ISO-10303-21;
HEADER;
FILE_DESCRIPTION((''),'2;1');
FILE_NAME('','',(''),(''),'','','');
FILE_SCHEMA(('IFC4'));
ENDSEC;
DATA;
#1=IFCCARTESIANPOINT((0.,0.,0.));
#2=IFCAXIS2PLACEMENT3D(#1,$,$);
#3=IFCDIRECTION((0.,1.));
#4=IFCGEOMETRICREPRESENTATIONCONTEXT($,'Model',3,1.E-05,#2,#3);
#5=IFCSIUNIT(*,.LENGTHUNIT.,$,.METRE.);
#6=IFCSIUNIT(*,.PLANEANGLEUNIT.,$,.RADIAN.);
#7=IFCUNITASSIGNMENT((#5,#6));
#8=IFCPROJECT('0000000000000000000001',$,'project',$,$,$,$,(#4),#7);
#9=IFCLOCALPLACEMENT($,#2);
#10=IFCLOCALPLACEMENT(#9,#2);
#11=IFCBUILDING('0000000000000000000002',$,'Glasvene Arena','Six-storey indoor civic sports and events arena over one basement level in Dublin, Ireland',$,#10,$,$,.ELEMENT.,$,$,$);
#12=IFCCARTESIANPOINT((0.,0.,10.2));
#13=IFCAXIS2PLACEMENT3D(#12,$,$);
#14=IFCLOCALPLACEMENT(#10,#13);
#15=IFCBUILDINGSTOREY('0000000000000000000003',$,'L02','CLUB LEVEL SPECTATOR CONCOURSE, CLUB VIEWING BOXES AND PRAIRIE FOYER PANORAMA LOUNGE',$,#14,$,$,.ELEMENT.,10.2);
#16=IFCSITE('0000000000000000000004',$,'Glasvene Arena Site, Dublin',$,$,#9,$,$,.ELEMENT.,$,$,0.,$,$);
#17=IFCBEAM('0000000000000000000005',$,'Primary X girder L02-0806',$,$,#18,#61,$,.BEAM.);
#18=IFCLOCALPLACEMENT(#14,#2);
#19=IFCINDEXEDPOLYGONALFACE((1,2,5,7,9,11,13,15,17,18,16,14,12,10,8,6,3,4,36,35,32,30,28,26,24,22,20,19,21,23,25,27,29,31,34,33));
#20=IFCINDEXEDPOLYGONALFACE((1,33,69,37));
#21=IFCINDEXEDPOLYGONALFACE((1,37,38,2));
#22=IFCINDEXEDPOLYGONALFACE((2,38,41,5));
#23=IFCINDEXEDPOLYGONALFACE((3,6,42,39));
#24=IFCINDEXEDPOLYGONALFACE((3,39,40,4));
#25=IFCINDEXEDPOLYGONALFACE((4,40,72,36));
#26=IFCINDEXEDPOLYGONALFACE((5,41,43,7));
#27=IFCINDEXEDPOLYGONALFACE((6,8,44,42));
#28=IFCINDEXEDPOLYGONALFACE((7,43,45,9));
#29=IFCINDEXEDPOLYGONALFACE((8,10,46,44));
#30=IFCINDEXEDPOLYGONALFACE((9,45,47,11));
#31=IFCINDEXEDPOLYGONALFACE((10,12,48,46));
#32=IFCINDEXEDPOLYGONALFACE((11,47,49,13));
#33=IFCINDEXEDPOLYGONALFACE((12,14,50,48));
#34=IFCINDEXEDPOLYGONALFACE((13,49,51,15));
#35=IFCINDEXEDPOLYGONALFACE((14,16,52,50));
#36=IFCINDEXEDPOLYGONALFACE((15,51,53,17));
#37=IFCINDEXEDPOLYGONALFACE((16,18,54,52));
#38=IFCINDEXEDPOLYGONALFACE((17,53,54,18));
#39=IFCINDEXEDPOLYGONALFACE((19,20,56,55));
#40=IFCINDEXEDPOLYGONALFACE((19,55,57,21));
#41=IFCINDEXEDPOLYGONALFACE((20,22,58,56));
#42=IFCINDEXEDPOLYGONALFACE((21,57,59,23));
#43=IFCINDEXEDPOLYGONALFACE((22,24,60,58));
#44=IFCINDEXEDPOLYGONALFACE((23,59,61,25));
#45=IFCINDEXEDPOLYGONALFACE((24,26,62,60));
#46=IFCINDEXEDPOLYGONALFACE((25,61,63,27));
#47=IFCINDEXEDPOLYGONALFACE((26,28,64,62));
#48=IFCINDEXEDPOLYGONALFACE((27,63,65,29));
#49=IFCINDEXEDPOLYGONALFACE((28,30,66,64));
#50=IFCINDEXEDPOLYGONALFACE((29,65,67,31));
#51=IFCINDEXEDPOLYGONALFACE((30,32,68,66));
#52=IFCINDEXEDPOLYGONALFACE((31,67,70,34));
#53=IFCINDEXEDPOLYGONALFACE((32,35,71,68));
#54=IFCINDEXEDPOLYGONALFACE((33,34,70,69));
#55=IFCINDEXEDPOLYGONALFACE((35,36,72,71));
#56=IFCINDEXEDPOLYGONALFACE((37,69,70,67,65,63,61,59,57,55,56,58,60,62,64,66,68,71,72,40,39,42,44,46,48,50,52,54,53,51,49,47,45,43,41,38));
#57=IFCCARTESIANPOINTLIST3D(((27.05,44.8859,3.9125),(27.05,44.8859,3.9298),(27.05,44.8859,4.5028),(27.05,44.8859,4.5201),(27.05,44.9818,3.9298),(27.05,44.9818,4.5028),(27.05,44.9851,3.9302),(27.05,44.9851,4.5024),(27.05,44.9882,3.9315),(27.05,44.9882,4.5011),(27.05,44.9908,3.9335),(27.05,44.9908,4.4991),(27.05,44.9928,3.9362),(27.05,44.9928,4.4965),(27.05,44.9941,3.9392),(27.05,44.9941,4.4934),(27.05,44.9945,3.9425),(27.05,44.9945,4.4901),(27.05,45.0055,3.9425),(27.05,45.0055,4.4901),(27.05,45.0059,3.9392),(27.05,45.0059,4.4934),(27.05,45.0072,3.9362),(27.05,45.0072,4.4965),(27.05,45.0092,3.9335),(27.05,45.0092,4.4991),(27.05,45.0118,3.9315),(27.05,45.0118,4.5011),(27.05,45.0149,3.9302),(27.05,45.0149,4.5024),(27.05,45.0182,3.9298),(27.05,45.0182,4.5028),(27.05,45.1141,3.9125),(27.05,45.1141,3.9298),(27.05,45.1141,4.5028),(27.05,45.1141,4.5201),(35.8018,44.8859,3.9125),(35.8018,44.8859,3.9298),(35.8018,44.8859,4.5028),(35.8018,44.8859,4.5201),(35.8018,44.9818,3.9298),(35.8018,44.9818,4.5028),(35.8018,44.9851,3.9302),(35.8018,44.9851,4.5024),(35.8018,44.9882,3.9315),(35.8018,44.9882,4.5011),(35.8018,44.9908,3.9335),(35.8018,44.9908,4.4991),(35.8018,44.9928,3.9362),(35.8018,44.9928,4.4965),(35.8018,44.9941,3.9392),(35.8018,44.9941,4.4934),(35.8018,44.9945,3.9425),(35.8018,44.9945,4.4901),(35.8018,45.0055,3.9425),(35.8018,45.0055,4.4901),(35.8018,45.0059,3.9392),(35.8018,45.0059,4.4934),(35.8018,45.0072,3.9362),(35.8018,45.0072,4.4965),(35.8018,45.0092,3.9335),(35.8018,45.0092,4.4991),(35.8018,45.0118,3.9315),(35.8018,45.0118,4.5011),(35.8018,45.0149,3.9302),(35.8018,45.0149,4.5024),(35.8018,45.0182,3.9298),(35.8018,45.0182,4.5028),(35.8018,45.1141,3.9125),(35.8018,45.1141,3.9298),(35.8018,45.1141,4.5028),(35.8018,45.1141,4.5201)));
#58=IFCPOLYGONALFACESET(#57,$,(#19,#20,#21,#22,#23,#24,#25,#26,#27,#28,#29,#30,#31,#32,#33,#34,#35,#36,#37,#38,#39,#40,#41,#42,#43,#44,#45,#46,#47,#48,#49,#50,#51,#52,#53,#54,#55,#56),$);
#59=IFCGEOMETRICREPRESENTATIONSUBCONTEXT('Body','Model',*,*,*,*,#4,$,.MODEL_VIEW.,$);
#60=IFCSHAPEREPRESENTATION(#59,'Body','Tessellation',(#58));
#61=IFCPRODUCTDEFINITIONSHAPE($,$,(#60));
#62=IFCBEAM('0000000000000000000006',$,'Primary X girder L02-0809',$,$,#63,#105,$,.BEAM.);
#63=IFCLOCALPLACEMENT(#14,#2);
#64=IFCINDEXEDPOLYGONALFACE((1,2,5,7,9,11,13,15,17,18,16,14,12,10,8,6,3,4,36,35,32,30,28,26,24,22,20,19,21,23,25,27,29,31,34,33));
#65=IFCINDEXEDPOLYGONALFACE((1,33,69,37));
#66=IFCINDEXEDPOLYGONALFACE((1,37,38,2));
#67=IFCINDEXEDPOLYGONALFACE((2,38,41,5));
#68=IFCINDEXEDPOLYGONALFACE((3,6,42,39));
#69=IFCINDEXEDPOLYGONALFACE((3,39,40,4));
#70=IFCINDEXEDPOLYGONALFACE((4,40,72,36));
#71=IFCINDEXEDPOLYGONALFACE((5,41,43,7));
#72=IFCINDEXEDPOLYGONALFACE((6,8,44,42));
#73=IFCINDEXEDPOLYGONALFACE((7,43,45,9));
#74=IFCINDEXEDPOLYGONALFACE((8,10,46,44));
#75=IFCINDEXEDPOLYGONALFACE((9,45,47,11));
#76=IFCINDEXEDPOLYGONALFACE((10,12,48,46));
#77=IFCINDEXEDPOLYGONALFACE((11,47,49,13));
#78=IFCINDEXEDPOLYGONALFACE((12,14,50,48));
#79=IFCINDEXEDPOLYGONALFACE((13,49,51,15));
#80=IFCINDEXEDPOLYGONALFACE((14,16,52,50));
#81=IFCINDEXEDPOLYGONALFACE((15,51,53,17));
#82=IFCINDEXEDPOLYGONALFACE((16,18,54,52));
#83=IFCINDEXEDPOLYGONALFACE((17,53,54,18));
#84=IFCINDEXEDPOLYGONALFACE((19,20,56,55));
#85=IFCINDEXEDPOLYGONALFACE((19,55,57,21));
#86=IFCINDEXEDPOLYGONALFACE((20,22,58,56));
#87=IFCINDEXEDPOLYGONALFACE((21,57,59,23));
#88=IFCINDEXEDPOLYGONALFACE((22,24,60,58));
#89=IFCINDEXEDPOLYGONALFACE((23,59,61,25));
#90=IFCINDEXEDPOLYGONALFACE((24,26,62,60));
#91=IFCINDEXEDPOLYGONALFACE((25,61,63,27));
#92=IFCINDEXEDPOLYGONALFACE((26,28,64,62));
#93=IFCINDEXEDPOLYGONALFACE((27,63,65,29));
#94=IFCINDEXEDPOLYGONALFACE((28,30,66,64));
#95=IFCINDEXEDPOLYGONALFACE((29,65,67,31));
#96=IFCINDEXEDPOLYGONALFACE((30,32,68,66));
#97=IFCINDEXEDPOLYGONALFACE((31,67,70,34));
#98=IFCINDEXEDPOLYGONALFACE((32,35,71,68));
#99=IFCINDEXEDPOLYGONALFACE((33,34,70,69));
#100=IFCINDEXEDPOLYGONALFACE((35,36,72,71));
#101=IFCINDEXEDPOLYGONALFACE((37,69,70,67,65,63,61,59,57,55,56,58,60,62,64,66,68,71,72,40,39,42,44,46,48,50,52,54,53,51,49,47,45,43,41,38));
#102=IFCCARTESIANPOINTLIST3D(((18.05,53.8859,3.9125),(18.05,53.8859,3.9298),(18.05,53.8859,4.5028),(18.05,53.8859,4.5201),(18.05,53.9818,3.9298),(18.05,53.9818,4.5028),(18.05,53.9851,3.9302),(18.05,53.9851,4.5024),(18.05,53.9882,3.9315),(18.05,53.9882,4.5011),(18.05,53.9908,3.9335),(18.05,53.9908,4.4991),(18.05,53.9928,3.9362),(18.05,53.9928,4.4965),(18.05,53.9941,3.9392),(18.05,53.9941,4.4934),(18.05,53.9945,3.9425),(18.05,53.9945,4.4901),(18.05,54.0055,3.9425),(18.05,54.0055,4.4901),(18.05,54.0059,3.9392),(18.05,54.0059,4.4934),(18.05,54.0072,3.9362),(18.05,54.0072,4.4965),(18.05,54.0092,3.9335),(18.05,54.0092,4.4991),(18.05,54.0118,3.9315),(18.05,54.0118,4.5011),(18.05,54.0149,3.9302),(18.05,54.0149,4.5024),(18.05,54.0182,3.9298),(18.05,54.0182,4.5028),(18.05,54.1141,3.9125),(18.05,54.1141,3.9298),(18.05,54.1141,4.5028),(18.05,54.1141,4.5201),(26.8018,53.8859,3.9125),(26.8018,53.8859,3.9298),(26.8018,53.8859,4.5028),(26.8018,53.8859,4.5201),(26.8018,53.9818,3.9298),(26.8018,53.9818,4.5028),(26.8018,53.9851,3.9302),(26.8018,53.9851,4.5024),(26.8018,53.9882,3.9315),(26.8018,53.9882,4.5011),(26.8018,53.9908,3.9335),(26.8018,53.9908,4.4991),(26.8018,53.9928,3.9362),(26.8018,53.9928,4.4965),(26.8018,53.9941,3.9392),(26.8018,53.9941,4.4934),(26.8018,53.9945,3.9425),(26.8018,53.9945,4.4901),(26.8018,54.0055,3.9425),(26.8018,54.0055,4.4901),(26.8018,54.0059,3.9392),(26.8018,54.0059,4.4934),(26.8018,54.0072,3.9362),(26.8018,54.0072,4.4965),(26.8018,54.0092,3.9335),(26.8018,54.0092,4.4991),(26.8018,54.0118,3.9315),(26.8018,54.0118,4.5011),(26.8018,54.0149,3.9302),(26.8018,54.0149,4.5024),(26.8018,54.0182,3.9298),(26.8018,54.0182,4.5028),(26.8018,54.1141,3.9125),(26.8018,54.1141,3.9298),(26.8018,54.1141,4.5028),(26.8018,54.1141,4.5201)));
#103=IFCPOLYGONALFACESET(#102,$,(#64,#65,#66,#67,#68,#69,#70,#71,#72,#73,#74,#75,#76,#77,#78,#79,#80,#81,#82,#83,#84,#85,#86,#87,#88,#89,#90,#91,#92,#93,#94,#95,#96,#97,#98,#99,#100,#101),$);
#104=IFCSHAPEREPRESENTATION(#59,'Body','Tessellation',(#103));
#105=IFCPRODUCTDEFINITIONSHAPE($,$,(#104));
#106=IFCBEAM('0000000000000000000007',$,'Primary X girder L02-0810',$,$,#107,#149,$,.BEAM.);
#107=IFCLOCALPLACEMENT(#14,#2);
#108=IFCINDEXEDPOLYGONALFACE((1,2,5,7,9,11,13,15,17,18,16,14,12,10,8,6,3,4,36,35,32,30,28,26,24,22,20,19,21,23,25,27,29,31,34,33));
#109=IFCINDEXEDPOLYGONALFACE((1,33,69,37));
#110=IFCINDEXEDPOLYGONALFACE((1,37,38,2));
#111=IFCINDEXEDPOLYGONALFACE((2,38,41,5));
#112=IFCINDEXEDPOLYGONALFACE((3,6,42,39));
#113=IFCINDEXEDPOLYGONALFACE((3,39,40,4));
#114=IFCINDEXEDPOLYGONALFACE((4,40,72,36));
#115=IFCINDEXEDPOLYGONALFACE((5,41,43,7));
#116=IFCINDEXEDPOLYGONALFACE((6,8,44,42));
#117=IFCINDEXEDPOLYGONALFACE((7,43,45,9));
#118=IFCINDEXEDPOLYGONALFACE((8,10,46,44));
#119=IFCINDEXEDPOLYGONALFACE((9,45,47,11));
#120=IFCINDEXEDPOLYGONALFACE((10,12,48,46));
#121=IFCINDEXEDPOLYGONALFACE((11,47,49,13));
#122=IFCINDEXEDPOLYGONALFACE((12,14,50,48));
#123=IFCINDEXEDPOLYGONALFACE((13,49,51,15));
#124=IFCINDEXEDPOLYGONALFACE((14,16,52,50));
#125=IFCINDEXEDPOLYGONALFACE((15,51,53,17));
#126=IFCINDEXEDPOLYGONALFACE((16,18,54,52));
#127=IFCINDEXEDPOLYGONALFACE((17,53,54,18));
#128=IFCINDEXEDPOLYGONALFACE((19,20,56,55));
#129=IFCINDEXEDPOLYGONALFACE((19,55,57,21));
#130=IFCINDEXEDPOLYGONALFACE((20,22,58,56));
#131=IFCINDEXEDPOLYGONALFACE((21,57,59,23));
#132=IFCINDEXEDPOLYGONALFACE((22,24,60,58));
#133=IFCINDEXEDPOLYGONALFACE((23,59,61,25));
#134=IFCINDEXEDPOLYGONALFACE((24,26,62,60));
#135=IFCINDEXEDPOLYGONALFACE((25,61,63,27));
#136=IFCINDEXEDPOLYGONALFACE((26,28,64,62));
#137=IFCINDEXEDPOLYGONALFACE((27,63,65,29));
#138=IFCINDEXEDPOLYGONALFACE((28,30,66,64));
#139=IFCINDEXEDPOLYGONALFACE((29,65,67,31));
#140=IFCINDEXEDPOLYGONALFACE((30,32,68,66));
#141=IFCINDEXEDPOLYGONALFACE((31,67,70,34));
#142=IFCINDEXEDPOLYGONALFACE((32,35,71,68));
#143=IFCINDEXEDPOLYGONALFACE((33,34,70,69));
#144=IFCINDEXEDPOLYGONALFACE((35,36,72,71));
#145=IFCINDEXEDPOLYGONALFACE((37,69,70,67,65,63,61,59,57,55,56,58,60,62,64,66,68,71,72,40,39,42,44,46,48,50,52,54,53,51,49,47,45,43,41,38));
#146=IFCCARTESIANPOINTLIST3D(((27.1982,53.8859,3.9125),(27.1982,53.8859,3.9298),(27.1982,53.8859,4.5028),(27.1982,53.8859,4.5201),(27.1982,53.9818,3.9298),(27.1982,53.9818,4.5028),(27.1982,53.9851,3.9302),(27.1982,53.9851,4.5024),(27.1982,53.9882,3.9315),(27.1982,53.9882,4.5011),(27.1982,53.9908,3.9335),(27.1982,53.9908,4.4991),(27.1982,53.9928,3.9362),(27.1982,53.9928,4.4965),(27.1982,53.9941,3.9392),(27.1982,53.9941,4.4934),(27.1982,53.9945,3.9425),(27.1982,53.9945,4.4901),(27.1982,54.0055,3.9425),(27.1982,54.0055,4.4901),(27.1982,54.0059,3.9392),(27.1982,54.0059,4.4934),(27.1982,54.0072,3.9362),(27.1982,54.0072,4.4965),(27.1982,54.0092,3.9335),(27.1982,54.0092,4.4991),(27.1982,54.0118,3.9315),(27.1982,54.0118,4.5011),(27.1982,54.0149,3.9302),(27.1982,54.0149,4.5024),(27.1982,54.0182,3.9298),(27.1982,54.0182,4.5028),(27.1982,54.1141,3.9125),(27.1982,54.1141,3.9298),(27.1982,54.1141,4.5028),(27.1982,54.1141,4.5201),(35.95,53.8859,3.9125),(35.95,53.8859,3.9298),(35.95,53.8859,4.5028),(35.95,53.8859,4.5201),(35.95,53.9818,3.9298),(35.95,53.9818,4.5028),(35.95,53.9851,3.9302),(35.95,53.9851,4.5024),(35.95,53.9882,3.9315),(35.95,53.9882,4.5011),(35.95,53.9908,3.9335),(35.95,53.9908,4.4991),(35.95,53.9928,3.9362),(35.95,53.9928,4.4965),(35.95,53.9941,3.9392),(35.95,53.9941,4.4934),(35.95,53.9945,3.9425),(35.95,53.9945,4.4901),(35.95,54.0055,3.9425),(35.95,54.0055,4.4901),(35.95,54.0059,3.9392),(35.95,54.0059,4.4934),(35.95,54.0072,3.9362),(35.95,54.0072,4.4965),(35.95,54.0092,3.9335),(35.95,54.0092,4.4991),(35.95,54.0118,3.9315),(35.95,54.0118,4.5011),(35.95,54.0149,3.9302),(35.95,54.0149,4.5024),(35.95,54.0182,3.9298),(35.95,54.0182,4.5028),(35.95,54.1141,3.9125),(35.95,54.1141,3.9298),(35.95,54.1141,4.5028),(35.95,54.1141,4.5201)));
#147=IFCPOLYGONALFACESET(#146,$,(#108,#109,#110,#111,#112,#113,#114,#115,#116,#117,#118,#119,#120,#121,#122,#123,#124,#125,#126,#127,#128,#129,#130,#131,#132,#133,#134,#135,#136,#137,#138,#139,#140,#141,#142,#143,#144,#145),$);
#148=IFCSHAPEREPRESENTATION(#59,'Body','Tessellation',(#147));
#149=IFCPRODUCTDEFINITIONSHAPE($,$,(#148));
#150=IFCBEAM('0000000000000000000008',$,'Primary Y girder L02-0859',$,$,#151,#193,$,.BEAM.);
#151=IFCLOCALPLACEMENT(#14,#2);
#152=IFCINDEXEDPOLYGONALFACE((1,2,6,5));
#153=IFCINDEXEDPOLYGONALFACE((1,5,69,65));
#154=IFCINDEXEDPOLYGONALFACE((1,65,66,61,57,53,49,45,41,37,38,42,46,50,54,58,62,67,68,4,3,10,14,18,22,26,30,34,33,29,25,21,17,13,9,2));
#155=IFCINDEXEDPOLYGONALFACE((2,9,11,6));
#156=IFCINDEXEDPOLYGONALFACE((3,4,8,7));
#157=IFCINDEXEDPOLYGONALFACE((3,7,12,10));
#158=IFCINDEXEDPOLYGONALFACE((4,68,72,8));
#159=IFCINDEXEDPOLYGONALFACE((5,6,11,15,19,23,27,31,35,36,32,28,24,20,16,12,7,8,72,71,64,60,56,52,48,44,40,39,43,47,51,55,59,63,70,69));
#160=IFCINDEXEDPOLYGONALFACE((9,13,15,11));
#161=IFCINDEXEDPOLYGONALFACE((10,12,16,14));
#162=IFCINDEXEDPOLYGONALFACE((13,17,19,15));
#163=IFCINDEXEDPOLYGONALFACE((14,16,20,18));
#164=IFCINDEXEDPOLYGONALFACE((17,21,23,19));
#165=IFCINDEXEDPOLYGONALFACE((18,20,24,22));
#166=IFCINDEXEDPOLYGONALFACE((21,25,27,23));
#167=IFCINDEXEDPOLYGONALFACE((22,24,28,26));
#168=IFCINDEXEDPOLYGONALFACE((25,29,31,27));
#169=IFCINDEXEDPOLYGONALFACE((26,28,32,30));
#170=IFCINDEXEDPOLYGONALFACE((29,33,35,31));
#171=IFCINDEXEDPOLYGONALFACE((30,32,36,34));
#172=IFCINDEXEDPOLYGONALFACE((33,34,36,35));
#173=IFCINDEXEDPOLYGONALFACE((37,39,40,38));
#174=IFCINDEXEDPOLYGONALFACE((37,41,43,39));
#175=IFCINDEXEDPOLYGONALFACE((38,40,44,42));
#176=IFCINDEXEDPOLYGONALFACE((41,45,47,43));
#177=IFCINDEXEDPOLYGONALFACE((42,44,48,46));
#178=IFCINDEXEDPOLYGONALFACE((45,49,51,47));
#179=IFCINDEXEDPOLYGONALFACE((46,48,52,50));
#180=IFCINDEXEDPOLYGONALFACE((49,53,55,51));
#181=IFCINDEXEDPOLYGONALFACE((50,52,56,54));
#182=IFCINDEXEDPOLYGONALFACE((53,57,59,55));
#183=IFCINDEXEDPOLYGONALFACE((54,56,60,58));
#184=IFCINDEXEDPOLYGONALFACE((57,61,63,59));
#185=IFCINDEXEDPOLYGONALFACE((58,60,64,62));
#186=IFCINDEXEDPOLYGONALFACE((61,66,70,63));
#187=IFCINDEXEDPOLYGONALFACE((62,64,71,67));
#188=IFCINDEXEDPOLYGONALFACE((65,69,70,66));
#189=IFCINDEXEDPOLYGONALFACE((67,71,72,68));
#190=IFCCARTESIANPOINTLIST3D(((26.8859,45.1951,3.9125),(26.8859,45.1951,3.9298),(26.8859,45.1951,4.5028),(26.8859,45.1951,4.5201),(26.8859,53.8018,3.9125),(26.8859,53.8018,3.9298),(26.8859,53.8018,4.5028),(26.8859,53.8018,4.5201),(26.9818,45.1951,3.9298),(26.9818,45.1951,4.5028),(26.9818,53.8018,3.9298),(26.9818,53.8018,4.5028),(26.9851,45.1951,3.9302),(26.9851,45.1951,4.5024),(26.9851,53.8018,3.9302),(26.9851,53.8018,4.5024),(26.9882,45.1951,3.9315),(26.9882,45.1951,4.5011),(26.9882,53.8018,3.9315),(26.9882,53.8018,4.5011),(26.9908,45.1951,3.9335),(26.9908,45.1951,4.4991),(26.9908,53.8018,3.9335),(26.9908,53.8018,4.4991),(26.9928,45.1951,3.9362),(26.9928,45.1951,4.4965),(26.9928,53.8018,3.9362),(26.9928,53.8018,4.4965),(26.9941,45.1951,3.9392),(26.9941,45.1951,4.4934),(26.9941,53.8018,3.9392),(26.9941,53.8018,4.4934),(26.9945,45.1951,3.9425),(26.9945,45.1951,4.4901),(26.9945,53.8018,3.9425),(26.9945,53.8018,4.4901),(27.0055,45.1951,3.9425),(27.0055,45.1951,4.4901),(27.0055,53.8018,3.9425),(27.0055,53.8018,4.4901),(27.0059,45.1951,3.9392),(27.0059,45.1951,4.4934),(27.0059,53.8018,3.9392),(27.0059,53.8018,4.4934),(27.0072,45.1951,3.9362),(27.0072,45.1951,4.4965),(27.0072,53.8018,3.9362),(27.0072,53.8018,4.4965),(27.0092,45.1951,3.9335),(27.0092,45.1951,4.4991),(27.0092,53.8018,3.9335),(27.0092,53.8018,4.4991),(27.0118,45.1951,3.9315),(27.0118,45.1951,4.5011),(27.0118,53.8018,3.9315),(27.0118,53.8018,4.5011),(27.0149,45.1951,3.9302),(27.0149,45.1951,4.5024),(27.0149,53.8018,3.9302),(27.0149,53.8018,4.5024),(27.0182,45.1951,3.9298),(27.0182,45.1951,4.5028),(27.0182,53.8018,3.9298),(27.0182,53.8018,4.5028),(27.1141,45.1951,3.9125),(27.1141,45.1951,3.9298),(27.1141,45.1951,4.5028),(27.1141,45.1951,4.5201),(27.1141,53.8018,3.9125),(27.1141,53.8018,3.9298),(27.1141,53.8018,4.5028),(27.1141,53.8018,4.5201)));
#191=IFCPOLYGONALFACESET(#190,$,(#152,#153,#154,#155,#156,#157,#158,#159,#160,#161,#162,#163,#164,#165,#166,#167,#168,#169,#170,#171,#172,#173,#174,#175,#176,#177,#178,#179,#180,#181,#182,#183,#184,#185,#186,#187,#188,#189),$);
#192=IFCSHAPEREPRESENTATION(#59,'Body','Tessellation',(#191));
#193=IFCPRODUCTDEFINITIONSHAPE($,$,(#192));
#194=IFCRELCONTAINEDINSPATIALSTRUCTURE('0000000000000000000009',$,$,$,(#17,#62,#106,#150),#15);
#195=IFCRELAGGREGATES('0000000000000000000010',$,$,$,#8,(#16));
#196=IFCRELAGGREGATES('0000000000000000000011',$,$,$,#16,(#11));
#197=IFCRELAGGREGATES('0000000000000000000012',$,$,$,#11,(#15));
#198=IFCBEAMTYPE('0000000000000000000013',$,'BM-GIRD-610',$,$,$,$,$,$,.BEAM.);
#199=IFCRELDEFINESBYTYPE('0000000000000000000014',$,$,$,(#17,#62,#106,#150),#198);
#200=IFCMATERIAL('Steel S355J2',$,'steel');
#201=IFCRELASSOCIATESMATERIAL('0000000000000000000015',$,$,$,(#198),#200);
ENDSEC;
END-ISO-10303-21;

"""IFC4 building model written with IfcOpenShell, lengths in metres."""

from ifc_helpers import new_model, si_unit, direction, frame, origin, origin_2d, place, context, subcontext, project, spatial, i_section, extrude, material, material_profile, profile_set, type_object, element, save


model = new_model("IFC4")

# Units and contexts
model_context = context("Model", 3, precision=1e-05, world=origin(), true_north=direction((0.0, 1.0)))
body_context = subcontext(model_context, "Body", "Model", "MODEL_VIEW")
ifc_project = project(units=[si_unit("LENGTHUNIT", "METRE"), si_unit("PLANEANGLEUNIT", "RADIAN")], contexts=[model_context])

# Site, building, storey
site_placement = place(None, origin())
site = spatial("IfcSite", under=ifc_project, at=site_placement, Name="Glasvene Arena Site, Dublin", CompositionType="ELEMENT", RefElevation=0.0)
building_placement = place(site_placement, origin())
building = spatial("IfcBuilding", under=site, at=building_placement, Name="Glasvene Arena", Description="Six-storey indoor civic sports and events arena over one basement level in Dublin, Ireland", CompositionType="ELEMENT")
storey_placement = place(building_placement, frame((0.0, 0.0, 10.2)))
storey = spatial("IfcBuildingStorey", under=building, at=storey_placement, Name="L02", Description="CLUB LEVEL SPECTATOR CONCOURSE, CLUB VIEWING BOXES AND PRAIRIE FOYER PANORAMA LOUNGE", CompositionType="ELEMENT", Elevation=10.2)

# Shared definitions
ifc_material_1 = material(Name="Steel S355J2", Category="steel")

# Beams
ifc_material_profile_1 = material_profile(ifc_material_1, i_section(OverallWidth=0.2283, OverallDepth=0.6077, WebThickness=0.011, FlangeThickness=0.0173, FilletRadius=0.0127, at=origin_2d()), Name="UKB 610x229x113")
ifc_profile_set_1 = profile_set([ifc_material_profile_1], Name="Steel S355J2")
beam_type_1 = type_object("IfcBeamType", Name="BM-GIRD-610", PredefinedType="BEAM", material=ifc_profile_set_1)
for number, where, z_axis, x_axis, name in (
    (1, (27.05, 45.0, 4.2163), (1.0, 0.0, 0.0), (0.0, 1.0, 0.0), "Primary X girder L02-0806"),
    (2, (18.05, 54.0, 4.2163), (1.0, 0.0, 0.0), (0.0, 1.0, 0.0), "Primary X girder L02-0809"),
    (3, (27.1982, 54.0, 4.2163), (1.0, 0.0, 0.0), (0.0, 1.0, 0.0), "Primary X girder L02-0810"),
):
    element("IfcBeam", number, at=place(storey_placement, frame(where, z_axis=z_axis, x_axis=x_axis)), inside=storey, type_object=beam_type_1, Name=name, PredefinedType="BEAM", context=body_context, shape_type="SweptSolid", body=[
        extrude(i_section(OverallWidth=0.2283, OverallDepth=0.6077, WebThickness=0.011, FlangeThickness=0.0173, FilletRadius=0.0127, at=origin_2d()), origin(), (0.0, 0.0, 1.0), 8.7517),
    ])
beam_1_placement = place(storey_placement, frame((27.0, 45.1951, 4.2163), z_axis=(0.0, 1.0, 0.0), x_axis=(-1.0, 0.0, 0.0)))
element("IfcBeam", 4, at=beam_1_placement, inside=storey, type_object=beam_type_1, Name="Primary Y girder L02-0859", PredefinedType="BEAM", context=body_context, shape_type="SweptSolid", body=[
    extrude(i_section(OverallWidth=0.2283, OverallDepth=0.6077, WebThickness=0.011, FlangeThickness=0.0173, FilletRadius=0.0127, at=origin_2d()), origin(), (0.0, 0.0, 1.0), 8.6067),
])

save(model, "model.ifc")
